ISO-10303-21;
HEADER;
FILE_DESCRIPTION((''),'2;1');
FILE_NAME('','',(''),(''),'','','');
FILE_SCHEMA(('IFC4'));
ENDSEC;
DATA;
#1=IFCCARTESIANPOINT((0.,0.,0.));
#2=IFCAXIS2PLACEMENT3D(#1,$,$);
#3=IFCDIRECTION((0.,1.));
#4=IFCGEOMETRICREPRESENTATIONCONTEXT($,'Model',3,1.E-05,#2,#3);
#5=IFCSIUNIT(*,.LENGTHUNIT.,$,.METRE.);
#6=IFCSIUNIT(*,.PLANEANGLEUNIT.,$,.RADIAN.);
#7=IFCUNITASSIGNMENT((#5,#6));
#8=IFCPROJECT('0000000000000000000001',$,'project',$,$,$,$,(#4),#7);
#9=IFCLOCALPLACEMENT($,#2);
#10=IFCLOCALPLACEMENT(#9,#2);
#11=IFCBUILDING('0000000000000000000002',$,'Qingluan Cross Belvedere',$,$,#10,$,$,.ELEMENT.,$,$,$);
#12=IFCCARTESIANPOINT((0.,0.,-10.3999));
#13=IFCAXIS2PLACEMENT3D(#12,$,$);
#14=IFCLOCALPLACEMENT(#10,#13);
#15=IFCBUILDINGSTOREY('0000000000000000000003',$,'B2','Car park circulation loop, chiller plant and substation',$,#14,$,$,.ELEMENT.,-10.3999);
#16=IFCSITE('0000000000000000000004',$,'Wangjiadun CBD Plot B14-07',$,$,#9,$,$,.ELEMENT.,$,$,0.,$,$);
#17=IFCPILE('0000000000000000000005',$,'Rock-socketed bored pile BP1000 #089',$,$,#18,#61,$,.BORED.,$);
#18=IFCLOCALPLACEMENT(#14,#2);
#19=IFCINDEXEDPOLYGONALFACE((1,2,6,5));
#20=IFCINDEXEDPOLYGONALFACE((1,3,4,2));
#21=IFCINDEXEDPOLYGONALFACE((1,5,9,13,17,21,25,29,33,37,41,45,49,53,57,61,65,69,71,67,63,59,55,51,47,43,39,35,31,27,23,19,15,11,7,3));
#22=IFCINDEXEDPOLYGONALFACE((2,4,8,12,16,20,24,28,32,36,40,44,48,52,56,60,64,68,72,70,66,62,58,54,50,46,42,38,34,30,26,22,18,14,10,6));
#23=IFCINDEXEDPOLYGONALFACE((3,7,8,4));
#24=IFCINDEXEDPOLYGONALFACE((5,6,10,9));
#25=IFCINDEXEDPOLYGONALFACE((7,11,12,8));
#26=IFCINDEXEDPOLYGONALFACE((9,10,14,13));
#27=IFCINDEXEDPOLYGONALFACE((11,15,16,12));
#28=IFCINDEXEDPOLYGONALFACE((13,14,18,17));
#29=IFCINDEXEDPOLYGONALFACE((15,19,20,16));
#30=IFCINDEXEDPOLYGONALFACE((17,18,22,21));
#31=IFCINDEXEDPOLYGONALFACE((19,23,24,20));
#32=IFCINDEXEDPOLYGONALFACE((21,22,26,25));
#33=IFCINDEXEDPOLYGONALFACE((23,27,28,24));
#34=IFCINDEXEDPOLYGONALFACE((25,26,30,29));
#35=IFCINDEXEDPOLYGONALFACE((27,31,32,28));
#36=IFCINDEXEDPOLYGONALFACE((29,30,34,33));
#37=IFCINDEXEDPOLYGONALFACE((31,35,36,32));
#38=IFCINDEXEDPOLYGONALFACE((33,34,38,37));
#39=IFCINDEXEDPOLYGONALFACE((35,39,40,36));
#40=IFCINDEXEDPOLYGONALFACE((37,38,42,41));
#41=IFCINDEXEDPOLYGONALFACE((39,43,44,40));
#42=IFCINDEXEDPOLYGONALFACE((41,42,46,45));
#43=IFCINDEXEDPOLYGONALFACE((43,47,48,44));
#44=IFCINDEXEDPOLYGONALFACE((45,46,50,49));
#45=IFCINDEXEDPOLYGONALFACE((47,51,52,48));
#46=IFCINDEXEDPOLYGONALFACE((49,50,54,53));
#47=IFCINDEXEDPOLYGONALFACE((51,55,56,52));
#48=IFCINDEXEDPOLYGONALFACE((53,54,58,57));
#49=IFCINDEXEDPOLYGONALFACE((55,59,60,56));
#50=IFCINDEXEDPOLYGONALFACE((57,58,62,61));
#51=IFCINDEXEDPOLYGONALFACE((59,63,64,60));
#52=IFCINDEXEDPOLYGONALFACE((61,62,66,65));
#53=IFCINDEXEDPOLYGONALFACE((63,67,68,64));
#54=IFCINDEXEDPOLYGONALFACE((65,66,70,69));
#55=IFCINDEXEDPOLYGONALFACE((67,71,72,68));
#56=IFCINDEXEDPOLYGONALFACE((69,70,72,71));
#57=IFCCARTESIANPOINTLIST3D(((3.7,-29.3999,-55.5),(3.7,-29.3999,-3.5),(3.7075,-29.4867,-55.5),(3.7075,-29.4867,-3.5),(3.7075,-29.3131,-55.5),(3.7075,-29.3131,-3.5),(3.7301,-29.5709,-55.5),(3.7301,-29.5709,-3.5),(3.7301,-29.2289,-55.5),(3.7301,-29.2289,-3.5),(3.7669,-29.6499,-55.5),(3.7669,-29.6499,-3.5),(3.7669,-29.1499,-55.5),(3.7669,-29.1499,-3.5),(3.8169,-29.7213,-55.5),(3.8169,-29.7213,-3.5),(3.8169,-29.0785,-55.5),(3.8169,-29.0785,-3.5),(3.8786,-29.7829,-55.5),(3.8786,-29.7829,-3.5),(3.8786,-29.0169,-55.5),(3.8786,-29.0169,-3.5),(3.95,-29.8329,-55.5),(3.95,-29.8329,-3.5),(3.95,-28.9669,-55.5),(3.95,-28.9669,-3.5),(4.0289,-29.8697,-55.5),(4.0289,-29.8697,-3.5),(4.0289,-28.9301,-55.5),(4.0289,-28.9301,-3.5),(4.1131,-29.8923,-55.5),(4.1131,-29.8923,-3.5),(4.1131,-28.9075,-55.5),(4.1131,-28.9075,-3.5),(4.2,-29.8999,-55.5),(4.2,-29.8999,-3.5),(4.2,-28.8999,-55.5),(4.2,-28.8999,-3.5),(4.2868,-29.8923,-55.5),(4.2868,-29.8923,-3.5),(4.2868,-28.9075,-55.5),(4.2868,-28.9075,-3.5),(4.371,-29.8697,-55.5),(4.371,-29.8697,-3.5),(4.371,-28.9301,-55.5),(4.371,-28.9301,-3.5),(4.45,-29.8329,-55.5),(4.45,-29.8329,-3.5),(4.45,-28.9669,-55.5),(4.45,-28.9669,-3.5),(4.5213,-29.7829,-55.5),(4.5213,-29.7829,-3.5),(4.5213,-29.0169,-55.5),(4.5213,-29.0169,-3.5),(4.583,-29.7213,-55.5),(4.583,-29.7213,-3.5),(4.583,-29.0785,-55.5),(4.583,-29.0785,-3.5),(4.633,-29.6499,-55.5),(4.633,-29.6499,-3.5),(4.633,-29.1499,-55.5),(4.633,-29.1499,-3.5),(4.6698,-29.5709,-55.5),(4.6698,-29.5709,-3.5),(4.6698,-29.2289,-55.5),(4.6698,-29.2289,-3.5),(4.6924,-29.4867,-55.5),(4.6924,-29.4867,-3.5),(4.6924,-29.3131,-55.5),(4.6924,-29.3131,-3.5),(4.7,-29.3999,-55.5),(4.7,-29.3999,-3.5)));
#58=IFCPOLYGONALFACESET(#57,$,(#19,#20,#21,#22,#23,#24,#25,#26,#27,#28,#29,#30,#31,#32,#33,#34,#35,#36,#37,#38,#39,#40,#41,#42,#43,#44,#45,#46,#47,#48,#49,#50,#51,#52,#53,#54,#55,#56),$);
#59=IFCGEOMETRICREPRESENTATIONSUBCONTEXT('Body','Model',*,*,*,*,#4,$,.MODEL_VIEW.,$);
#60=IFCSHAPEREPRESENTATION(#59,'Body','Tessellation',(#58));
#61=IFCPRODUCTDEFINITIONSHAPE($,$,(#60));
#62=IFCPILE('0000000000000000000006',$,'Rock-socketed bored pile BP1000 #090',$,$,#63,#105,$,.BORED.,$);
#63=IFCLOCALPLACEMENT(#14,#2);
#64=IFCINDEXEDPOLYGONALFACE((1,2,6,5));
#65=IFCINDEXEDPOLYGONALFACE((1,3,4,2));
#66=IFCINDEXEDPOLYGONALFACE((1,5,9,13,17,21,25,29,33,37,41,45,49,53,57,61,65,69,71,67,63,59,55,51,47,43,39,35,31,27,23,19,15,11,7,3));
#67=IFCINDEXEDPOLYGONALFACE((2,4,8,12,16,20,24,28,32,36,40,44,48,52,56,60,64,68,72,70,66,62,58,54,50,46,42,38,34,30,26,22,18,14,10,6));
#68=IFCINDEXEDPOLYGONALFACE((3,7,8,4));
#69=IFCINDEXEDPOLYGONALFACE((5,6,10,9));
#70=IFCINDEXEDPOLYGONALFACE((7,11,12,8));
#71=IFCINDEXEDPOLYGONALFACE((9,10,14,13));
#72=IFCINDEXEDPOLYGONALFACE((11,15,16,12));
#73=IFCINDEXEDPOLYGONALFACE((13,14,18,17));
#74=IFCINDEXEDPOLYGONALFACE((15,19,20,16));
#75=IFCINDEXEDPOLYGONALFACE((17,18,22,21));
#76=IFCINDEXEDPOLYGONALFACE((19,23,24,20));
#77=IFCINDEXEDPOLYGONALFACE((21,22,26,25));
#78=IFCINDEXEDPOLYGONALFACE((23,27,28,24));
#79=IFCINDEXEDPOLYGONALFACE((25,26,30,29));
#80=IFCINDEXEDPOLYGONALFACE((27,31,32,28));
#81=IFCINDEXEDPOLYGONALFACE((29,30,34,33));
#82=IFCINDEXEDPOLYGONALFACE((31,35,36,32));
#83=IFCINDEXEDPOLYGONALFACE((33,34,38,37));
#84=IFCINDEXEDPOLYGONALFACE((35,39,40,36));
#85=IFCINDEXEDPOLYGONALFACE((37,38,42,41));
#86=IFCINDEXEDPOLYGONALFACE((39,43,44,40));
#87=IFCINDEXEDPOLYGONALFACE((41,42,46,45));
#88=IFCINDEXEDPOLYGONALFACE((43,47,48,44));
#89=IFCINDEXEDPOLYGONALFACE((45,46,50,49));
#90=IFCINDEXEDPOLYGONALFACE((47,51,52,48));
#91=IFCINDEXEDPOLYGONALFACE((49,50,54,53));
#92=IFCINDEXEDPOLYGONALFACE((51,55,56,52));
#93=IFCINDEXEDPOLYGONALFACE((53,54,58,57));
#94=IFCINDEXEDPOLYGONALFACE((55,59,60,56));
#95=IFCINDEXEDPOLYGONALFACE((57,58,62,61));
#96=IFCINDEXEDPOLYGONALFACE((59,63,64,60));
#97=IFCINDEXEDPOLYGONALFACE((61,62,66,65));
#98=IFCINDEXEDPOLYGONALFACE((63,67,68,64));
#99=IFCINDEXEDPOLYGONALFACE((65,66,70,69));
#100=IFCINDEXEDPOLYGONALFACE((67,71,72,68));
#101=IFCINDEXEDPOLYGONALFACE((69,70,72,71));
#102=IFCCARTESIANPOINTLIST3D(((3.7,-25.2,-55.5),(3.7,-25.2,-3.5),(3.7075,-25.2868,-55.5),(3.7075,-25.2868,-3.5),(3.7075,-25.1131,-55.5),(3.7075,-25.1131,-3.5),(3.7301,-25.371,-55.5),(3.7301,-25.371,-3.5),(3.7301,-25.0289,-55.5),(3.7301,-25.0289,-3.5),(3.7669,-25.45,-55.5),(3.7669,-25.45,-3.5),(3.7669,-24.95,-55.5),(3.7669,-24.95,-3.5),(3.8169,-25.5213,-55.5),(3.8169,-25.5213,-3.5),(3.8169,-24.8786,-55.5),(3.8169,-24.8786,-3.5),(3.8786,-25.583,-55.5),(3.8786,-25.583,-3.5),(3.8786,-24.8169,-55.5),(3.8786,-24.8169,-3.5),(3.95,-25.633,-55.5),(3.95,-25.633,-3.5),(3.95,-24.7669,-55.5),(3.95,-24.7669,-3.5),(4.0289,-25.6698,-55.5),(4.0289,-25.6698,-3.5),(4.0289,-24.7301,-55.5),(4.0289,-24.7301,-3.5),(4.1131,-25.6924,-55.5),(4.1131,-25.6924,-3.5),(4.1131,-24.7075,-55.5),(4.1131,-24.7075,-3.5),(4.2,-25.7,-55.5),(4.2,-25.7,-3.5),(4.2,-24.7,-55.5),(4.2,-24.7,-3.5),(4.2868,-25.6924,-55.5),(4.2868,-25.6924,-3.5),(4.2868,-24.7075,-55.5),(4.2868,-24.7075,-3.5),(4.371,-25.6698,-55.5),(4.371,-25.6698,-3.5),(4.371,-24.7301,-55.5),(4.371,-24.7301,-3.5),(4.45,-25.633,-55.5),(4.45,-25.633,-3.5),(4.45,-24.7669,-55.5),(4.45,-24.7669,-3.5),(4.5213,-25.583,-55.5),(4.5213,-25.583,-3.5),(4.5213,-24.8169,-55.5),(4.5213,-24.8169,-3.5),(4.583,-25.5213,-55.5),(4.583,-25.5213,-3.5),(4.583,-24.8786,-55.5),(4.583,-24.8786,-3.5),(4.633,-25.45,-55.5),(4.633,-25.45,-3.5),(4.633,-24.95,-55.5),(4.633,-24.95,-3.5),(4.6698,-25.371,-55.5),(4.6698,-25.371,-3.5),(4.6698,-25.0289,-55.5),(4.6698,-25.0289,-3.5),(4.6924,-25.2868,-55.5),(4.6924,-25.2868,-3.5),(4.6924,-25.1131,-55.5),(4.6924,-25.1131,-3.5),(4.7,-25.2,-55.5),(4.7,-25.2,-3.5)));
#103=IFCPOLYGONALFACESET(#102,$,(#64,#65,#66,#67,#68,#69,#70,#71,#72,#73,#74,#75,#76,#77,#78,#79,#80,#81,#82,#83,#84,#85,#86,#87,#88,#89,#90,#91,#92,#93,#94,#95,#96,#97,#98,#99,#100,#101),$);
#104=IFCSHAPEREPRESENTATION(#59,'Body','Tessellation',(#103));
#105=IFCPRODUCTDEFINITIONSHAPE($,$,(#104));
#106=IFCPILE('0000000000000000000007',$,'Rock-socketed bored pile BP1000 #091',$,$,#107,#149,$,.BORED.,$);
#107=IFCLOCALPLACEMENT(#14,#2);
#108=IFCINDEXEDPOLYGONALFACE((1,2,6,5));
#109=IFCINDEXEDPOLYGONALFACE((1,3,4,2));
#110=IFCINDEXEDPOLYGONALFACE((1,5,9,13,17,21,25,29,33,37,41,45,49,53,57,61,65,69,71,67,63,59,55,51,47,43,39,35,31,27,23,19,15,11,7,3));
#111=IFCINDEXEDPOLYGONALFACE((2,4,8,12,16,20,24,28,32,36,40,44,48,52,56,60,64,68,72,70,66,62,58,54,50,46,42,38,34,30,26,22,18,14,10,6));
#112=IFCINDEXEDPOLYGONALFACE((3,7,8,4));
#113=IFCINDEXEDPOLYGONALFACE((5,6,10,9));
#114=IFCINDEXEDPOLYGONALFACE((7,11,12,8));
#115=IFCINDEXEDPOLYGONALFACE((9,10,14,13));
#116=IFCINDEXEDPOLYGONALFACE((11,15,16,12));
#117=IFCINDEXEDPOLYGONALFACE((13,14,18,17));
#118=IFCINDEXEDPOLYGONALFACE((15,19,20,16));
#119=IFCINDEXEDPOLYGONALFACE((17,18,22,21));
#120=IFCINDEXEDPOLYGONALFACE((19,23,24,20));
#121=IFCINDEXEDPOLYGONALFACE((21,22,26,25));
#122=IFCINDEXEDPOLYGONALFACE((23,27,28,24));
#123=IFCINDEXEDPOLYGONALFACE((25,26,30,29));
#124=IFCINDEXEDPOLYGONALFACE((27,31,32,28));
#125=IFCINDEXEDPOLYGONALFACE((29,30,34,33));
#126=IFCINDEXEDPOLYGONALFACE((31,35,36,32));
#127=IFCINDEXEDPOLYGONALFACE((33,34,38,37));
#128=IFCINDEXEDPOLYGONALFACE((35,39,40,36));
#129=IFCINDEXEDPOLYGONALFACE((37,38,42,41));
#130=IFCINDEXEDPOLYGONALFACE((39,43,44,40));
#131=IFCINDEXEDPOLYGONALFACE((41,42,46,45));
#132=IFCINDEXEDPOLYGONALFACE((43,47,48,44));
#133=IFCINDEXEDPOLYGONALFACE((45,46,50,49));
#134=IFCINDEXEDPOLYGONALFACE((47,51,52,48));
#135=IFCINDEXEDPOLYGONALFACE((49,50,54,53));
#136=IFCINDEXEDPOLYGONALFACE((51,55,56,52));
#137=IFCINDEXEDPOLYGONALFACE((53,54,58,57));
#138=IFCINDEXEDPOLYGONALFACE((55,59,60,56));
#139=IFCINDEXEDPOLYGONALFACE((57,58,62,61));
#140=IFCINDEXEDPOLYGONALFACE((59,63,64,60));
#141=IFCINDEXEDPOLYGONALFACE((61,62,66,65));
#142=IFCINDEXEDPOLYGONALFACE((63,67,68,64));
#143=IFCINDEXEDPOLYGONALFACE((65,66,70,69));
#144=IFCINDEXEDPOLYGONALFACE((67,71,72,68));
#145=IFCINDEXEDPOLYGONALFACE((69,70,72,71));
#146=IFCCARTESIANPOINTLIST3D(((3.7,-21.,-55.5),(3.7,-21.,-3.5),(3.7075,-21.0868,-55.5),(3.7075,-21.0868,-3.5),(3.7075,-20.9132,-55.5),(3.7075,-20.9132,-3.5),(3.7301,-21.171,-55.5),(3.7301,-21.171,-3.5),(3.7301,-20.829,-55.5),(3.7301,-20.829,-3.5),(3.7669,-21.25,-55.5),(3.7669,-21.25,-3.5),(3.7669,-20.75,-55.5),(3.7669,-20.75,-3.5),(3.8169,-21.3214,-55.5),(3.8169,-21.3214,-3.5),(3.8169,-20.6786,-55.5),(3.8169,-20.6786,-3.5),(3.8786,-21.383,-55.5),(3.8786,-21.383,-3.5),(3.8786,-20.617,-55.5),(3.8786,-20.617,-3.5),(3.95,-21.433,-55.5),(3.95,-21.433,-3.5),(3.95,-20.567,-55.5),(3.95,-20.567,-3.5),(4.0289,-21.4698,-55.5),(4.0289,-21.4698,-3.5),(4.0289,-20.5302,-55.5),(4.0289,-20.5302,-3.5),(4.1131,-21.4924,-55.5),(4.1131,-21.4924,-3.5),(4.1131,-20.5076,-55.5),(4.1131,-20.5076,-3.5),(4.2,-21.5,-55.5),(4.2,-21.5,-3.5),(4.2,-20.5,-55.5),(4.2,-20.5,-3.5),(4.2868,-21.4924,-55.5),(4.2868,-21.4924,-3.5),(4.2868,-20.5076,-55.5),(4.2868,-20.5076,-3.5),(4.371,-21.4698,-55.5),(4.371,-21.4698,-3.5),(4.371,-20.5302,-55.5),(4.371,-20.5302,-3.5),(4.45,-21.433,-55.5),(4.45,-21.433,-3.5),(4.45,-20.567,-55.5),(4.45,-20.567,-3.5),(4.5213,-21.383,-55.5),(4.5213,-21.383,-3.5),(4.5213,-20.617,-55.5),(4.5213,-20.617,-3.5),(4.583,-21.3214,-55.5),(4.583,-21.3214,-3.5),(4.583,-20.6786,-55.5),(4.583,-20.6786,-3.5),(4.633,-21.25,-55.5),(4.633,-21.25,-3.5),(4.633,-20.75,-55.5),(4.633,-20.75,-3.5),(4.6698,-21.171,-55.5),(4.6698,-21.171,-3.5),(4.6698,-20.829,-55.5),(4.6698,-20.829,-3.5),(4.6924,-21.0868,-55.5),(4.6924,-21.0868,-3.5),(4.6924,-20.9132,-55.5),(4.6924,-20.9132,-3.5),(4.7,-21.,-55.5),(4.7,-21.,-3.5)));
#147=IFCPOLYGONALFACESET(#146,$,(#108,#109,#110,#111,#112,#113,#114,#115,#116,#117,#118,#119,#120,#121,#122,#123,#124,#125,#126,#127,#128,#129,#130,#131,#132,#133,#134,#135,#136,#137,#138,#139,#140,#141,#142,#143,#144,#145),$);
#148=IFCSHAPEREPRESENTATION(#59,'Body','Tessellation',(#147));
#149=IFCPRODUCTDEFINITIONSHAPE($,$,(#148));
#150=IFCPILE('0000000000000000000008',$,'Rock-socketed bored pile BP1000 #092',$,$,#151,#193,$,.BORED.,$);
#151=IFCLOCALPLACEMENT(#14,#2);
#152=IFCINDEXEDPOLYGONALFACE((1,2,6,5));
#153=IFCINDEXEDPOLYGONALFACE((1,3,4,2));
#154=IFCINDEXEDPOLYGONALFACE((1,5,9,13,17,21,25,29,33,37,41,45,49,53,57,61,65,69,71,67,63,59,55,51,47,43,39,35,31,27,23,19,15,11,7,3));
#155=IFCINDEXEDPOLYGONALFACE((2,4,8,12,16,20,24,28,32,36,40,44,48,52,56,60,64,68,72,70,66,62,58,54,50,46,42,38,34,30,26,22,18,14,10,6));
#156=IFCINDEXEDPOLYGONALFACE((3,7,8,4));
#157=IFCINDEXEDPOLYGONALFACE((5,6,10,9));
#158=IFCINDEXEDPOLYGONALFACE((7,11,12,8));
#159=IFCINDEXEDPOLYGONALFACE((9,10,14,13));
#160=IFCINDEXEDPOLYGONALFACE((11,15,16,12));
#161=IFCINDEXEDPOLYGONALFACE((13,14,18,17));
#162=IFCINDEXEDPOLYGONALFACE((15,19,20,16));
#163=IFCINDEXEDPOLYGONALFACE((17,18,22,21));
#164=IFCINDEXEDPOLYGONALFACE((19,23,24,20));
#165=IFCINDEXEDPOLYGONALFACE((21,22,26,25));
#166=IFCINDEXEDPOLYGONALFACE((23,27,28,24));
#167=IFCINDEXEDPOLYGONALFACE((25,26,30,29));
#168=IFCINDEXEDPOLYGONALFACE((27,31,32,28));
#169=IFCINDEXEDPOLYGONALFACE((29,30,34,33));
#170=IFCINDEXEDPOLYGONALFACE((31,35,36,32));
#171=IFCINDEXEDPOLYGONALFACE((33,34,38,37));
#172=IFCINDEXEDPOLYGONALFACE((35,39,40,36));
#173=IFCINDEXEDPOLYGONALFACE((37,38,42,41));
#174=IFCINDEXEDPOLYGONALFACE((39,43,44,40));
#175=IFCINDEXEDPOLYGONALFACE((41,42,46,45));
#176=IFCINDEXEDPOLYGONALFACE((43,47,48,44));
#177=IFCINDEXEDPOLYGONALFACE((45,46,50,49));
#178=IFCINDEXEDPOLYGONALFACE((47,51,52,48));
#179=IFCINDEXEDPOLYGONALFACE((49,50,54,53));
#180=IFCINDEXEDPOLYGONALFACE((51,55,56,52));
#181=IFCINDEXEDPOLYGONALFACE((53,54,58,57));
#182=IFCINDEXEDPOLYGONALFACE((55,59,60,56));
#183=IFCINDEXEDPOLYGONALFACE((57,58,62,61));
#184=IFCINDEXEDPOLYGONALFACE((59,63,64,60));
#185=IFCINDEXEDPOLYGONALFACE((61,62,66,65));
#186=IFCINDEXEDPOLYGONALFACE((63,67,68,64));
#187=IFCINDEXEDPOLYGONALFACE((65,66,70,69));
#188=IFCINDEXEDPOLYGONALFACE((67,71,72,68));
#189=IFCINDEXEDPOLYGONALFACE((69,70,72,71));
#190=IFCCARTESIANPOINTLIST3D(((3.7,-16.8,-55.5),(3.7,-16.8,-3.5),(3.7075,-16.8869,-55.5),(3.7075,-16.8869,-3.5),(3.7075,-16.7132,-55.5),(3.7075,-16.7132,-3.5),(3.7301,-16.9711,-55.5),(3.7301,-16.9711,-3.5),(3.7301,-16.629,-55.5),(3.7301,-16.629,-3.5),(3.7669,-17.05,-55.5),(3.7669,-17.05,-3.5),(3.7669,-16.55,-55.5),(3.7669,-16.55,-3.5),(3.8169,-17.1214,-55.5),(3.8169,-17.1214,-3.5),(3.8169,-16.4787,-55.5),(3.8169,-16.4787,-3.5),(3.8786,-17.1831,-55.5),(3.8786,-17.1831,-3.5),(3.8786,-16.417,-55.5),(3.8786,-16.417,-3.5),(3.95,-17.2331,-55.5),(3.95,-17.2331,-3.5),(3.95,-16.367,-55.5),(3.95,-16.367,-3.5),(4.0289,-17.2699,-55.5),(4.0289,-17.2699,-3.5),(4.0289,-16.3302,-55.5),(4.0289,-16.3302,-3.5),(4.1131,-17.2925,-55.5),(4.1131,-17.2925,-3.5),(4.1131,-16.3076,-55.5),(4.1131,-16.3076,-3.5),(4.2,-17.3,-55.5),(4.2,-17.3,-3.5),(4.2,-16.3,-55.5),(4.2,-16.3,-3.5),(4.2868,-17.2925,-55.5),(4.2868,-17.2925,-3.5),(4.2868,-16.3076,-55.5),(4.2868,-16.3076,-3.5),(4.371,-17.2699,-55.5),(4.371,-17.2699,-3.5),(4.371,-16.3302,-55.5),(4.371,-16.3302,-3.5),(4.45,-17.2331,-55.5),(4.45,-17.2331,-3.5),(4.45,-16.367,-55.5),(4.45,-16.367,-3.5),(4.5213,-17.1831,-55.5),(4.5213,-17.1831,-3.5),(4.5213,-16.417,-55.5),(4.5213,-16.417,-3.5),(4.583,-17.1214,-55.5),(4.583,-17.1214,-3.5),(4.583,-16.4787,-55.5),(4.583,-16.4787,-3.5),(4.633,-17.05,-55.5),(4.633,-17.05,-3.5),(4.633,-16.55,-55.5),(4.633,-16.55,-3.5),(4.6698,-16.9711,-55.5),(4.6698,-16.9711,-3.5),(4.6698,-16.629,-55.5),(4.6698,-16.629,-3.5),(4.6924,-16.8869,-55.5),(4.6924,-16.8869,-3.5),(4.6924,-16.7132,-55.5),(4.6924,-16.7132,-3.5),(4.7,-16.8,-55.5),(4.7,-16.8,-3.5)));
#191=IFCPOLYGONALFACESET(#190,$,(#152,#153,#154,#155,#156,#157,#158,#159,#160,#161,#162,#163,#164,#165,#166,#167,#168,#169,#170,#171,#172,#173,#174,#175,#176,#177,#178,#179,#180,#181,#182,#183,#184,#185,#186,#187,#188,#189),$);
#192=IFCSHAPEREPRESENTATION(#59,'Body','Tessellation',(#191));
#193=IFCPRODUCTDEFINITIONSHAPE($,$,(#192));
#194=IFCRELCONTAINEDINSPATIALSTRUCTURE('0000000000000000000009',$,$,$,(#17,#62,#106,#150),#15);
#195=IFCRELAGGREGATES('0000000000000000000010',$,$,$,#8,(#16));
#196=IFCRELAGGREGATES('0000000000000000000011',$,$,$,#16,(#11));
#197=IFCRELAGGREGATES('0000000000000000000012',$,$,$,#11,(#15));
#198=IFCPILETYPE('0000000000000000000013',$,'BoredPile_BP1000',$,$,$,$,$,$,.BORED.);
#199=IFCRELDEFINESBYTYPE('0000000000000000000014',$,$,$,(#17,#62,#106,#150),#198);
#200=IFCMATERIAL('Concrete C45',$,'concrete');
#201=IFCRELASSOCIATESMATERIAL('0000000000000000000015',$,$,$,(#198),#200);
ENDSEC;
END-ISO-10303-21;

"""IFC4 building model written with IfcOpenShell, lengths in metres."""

from ifc_helpers import new_model, si_unit, direction, frame, origin, origin_2d, place, context, subcontext, project, spatial, circle, extrude, material, material_profile, profile_set, type_object, element, save


model = new_model("IFC4")

# Units and contexts
model_context = context("Model", 3, precision=1e-05, world=origin(), true_north=direction((0.0, 1.0)))
body_context = subcontext(model_context, "Body", "Model", "MODEL_VIEW")
ifc_project = project(units=[si_unit("LENGTHUNIT", "METRE"), si_unit("PLANEANGLEUNIT", "RADIAN")], contexts=[model_context])

# Site, building, storey
site_placement = place(None, origin())
site = spatial("IfcSite", under=ifc_project, at=site_placement, Name="Wangjiadun CBD Plot B14-07", CompositionType="ELEMENT", RefElevation=0.0)
building_placement = place(site_placement, origin())
building = spatial("IfcBuilding", under=site, at=building_placement, Name="Qingluan Cross Belvedere", CompositionType="ELEMENT")
storey_placement = place(building_placement, frame((0.0, 0.0, -10.3999)))
storey = spatial("IfcBuildingStorey", under=building, at=storey_placement, Name="B2", Description="Car park circulation loop, chiller plant and substation", CompositionType="ELEMENT", Elevation=-10.3999)

# Piles
ifc_material_1 = material(Name="Concrete C45", Category="concrete")
ifc_material_profile_1 = material_profile(ifc_material_1, circle(Radius=0.5, at=origin_2d()), Name="BP1000")
ifc_profile_set_1 = profile_set([ifc_material_profile_1], Name="Concrete C45")
pile_type = type_object("IfcPileType", Name="BoredPile_BP1000", PredefinedType="BORED", material=ifc_profile_set_1)
for number, where, z_axis, x_axis, name in (
    (1, (4.2, -29.3999, -3.5), (0.0, 0.0, -1.0), (1.0, 0.0, 0.0), "Rock-socketed bored pile BP1000 #089"),
    (2, (4.2, -25.2, -3.5), (0.0, 0.0, -1.0), (1.0, 0.0, 0.0), "Rock-socketed bored pile BP1000 #090"),
    (3, (4.2, -21.0, -3.5), (0.0, 0.0, -1.0), (1.0, 0.0, 0.0), "Rock-socketed bored pile BP1000 #091"),
    (4, (4.2, -16.8, -3.5), (0.0, 0.0, -1.0), (1.0, 0.0, 0.0), "Rock-socketed bored pile BP1000 #092"),
):
    element("IfcPile", number, at=place(storey_placement, frame(where, z_axis=z_axis, x_axis=x_axis)), inside=storey, type_object=pile_type, Name=name, PredefinedType="BORED", context=body_context, shape_type="SweptSolid", body=[
        extrude(circle(Radius=0.5, at=origin_2d()), origin(), (0.0, 0.0, 1.0), 52.0),
    ])

save(model, "model.ifc")
